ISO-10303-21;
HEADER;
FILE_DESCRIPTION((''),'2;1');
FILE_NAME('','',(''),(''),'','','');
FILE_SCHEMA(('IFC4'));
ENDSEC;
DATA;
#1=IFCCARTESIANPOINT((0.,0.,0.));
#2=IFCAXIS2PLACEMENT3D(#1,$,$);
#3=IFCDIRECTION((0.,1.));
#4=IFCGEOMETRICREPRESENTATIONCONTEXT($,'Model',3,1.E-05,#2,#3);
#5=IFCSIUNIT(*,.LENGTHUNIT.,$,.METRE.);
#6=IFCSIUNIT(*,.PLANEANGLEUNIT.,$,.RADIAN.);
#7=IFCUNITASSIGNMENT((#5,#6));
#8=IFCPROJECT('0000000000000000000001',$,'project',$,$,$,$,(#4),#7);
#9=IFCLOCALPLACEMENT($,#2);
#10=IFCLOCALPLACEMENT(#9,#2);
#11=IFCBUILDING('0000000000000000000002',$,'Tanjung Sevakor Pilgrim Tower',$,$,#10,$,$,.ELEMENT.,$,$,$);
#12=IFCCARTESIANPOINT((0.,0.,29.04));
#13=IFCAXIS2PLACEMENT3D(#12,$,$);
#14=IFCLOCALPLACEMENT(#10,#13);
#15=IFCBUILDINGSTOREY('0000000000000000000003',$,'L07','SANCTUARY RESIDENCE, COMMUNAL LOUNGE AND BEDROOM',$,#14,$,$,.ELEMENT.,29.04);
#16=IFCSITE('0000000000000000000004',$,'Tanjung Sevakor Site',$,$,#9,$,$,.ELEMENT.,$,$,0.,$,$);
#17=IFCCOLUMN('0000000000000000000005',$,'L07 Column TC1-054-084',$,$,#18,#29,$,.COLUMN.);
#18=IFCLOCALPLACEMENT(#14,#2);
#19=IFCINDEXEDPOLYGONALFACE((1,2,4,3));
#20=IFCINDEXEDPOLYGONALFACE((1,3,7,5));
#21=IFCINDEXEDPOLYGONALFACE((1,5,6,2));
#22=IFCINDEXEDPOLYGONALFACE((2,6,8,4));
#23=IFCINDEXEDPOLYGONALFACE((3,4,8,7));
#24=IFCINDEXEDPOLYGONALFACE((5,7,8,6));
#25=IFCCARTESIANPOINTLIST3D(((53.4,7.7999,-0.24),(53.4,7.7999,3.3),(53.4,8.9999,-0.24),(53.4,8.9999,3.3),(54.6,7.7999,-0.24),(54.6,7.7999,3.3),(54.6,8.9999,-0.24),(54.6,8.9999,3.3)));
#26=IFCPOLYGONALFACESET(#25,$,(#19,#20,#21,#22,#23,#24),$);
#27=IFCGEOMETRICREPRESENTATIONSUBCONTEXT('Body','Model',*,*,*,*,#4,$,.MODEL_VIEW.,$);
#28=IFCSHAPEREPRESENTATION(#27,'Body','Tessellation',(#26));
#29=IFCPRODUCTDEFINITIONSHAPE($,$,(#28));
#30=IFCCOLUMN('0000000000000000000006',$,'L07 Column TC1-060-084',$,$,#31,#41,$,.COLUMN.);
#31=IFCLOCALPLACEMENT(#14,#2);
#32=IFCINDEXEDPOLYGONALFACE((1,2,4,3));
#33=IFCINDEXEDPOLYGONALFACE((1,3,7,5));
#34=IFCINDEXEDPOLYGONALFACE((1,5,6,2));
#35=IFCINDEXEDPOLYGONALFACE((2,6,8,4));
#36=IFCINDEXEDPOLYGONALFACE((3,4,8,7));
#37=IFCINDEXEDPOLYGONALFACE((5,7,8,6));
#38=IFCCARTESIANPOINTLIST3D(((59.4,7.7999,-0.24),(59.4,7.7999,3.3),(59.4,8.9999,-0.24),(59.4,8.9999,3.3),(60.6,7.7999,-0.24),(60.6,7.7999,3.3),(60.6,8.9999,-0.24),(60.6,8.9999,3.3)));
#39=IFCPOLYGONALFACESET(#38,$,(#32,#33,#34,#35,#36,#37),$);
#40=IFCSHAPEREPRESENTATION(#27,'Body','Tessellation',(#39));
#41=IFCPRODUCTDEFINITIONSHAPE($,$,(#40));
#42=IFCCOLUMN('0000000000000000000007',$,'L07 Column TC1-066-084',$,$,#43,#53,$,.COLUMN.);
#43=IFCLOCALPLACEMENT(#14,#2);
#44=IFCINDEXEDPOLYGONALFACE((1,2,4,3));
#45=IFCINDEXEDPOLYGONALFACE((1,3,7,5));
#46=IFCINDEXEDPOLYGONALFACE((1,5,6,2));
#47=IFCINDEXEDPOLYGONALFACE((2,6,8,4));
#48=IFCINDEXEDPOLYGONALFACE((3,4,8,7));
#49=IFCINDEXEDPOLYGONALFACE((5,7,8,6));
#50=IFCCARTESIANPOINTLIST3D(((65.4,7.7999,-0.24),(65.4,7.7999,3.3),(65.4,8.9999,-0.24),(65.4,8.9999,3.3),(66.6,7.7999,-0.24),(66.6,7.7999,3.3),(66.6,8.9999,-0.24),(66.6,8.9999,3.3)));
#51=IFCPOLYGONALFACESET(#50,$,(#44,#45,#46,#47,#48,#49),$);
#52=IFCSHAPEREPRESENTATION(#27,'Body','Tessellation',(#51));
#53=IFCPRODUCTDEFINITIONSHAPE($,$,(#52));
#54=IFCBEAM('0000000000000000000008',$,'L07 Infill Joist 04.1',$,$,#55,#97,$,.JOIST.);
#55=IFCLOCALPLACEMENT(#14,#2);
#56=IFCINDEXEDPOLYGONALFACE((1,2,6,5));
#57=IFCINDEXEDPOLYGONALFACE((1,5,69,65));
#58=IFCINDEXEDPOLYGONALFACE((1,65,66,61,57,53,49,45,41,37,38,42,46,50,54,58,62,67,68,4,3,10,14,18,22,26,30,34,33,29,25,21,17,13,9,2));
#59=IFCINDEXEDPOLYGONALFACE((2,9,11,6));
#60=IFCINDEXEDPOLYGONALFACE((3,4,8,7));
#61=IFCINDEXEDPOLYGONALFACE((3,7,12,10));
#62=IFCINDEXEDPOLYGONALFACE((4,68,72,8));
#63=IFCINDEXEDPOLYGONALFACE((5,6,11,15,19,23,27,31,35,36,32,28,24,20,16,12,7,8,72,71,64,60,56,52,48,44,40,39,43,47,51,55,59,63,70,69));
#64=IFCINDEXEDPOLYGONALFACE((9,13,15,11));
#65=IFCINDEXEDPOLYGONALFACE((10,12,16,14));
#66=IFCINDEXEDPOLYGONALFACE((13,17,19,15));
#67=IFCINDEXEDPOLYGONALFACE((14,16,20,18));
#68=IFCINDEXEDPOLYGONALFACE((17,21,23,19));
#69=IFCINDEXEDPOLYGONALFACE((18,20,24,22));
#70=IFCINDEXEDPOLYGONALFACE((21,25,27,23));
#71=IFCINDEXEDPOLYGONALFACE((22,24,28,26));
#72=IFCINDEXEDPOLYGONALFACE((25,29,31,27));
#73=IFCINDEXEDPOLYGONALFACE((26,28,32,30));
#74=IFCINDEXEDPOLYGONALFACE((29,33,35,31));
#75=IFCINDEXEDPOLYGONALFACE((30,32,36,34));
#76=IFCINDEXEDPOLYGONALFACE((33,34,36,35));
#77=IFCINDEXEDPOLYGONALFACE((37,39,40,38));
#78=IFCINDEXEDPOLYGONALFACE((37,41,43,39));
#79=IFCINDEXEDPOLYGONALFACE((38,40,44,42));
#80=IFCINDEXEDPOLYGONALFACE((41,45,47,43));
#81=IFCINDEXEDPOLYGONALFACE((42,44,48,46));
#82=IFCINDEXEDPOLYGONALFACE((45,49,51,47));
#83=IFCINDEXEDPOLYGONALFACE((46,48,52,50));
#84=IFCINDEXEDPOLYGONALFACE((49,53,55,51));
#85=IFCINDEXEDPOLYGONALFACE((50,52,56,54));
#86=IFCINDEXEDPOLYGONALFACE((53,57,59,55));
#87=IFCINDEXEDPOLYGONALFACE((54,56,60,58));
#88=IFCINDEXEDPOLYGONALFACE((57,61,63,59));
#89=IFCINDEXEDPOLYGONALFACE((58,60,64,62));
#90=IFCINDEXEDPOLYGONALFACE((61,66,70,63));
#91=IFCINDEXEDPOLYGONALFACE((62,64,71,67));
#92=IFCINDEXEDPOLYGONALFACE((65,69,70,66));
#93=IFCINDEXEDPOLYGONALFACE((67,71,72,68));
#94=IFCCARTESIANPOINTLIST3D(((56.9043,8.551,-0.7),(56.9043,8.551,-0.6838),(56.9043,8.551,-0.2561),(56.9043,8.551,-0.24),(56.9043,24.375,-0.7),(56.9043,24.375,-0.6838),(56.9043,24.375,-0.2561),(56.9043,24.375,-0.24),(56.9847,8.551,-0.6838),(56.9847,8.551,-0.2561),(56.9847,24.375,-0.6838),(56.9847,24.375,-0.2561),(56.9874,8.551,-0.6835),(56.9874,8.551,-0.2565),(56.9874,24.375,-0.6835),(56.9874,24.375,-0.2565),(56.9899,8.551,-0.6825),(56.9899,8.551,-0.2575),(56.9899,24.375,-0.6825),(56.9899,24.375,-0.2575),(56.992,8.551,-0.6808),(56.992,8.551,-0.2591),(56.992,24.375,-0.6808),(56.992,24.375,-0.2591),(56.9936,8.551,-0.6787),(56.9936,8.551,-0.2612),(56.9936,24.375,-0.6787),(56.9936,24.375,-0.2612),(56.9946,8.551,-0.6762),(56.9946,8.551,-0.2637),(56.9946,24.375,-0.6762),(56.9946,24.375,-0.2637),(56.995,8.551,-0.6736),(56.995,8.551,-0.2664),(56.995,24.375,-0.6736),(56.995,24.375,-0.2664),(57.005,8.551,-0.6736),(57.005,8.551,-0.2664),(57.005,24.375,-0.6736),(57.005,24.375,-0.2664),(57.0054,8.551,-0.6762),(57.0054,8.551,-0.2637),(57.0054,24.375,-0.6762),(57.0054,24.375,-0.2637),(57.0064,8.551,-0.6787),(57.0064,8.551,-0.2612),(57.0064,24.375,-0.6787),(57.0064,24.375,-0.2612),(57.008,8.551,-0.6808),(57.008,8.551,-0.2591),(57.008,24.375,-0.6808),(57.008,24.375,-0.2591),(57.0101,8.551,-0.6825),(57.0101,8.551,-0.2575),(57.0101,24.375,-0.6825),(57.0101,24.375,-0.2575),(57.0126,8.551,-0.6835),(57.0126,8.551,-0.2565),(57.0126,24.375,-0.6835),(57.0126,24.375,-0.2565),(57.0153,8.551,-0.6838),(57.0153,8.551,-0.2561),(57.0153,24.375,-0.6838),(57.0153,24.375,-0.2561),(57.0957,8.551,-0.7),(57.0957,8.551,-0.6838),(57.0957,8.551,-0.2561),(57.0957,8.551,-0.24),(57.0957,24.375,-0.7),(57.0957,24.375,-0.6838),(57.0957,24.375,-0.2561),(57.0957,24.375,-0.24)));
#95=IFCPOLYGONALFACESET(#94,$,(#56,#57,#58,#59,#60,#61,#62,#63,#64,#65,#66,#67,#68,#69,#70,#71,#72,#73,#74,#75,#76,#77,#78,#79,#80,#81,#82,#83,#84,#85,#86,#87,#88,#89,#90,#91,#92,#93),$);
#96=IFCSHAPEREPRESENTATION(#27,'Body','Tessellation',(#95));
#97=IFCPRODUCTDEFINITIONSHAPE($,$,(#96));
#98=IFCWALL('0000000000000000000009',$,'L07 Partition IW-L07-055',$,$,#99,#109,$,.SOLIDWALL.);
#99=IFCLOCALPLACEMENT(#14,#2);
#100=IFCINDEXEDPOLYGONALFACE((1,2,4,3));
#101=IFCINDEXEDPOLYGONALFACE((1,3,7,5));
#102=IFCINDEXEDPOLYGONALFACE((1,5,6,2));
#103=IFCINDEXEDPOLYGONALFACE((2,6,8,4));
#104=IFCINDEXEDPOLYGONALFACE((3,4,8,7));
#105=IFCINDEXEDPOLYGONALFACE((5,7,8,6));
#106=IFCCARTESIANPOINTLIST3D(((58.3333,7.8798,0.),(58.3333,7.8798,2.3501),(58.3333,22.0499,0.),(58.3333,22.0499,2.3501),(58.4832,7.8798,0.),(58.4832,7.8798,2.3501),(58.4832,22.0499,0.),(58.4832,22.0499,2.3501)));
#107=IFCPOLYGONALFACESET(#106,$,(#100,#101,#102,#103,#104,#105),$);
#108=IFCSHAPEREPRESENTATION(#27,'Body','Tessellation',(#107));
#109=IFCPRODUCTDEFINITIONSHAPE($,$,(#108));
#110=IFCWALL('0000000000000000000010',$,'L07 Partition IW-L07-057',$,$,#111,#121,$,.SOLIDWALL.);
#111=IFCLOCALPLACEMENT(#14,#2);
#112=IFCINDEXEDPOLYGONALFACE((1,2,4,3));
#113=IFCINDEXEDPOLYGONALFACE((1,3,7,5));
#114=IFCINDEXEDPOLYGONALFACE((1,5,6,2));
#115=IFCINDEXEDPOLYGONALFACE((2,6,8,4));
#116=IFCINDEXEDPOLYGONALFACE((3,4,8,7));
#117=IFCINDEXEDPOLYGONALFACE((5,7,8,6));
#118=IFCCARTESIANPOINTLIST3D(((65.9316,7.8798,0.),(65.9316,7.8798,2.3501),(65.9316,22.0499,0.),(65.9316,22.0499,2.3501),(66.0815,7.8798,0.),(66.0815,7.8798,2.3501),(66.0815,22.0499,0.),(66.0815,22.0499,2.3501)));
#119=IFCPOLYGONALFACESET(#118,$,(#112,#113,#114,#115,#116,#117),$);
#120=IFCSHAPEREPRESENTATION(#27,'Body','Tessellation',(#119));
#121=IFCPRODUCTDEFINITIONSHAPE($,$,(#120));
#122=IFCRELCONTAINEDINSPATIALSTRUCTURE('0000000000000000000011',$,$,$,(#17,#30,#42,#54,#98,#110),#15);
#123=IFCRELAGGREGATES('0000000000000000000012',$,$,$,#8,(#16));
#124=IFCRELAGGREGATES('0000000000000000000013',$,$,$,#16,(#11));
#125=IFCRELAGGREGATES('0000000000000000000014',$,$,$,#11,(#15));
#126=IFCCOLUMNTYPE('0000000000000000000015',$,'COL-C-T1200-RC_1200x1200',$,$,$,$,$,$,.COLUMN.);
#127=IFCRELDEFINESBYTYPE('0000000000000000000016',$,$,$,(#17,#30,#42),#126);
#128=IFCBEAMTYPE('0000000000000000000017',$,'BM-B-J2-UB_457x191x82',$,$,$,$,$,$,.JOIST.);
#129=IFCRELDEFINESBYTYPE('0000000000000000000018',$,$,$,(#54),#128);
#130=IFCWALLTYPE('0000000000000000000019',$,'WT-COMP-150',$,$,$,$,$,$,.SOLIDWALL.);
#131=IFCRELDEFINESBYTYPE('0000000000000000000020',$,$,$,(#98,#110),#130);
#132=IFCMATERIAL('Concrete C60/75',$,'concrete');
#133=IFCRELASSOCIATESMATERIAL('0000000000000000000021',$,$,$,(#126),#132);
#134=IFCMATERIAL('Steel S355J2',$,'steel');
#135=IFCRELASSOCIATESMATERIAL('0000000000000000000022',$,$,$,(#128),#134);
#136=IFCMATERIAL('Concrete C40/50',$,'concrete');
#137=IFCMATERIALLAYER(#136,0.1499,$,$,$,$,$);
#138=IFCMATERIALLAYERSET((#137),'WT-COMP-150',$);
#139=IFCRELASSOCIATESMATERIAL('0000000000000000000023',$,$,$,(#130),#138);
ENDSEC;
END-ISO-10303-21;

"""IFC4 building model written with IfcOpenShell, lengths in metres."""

from ifc_helpers import new_model, si_unit, direction, frame, frame_2d, origin, origin_2d, place, context, subcontext, project, spatial, rectangle, i_section, extrude, material, layer, layer_set, material_profile, profile_set, type_object, element, save


model = new_model("IFC4")

# Units and contexts
model_context = context("Model", 3, precision=1e-05, world=origin(), true_north=direction((0.0, 1.0)))
body_context = subcontext(model_context, "Body", "Model", "MODEL_VIEW")
ifc_project = project(units=[si_unit("LENGTHUNIT", "METRE"), si_unit("PLANEANGLEUNIT", "RADIAN")], contexts=[model_context])

# Site, building, storey
site_placement = place(None, origin())
site = spatial("IfcSite", under=ifc_project, at=site_placement, Name="Tanjung Sevakor Site", CompositionType="ELEMENT", RefElevation=0.0)
building_placement = place(site_placement, origin())
building = spatial("IfcBuilding", under=site, at=building_placement, Name="Tanjung Sevakor Pilgrim Tower", CompositionType="ELEMENT")
storey_placement = place(building_placement, frame((0.0, 0.0, 29.04)))
storey = spatial("IfcBuildingStorey", under=building, at=storey_placement, Name="L07", Description="SANCTUARY RESIDENCE, COMMUNAL LOUNGE AND BEDROOM", CompositionType="ELEMENT", Elevation=29.04)

# Columns
ifc_material_1 = material(Name="Concrete C60/75", Category="concrete")
ifc_material_profile_1 = material_profile(ifc_material_1, rectangle(XDim=1.2, YDim=1.2, at=origin_2d()))
ifc_profile_set_1 = profile_set([ifc_material_profile_1], Name="Concrete C60/75")
column_type = type_object("IfcColumnType", Name="COL-C-T1200-RC_1200x1200", PredefinedType="COLUMN", material=ifc_profile_set_1)
for number, where, z_axis, x_axis, name in (
    (1, (54.0, 8.3999, -0.24), (0.0, 0.0, 1.0), (1.0, 0.0, 0.0), "L07 Column TC1-054-084"),
    (2, (60.0, 8.3999, -0.24), (0.0, 0.0, 1.0), (1.0, 0.0, 0.0), "L07 Column TC1-060-084"),
    (3, (66.0, 8.3999, -0.24), (0.0, 0.0, 1.0), (1.0, 0.0, 0.0), "L07 Column TC1-066-084"),
):
    element("IfcColumn", number, at=place(storey_placement, frame(where, z_axis=z_axis, x_axis=x_axis)), inside=storey, type_object=column_type, Name=name, PredefinedType="COLUMN", context=body_context, shape_type="SweptSolid", body=[
        extrude(rectangle(XDim=1.2, YDim=1.2, at=origin_2d()), origin(), (0.0, 0.0, 1.0), 3.54),
    ])

# Beam
ifc_material_2 = material(Name="Steel S355J2", Category="steel")
ifc_material_profile_2 = material_profile(ifc_material_2, i_section(OverallWidth=0.1914, OverallDepth=0.46, WebThickness=0.01, FlangeThickness=0.0161, FilletRadius=0.0103, at=origin_2d()))
ifc_profile_set_2 = profile_set([ifc_material_profile_2], Name="Steel S355J2")
beam_type = type_object("IfcBeamType", Name="BM-B-J2-UB_457x191x82", PredefinedType="JOIST", material=ifc_profile_set_2)
beam_placement = place(storey_placement, frame((57.0, 8.551, -0.47), z_axis=(0.0, 1.0, 0.0), x_axis=(-1.0, 0.0, 0.0)))
element("IfcBeam", 4, at=beam_placement, inside=storey, type_object=beam_type, Name="L07 Infill Joist 04.1", PredefinedType="JOIST", context=body_context, shape_type="SweptSolid", body=[
    extrude(i_section(OverallWidth=0.1914, OverallDepth=0.46, WebThickness=0.01, FlangeThickness=0.0161, FilletRadius=0.0103, at=origin_2d()), origin(), (0.0, 0.0, 1.0), 15.824),
])

# Walls
ifc_material_3 = material(Name="Concrete C40/50", Category="concrete")
ifc_layer_1 = layer(ifc_material_3, 0.1499)
ifc_layer_set_1 = layer_set([ifc_layer_1], Name="WT-COMP-150")
wall_type_1 = type_object("IfcWallType", Name="WT-COMP-150", PredefinedType="SOLIDWALL", material=ifc_layer_set_1)
for number, where, z_axis, x_axis, name in (
    (5, (58.4082, 7.8799, 0.0), (0.0, 0.0, 1.0), (0.0, 1.0, 0.0), "L07 Partition IW-L07-055"),
    (6, (66.0066, 7.8799, 0.0), (0.0, 0.0, 1.0), (0.0, 1.0, 0.0), "L07 Partition IW-L07-057"),
):
    element("IfcWall", number, at=place(storey_placement, frame(where, z_axis=z_axis, x_axis=x_axis)), inside=storey, type_object=wall_type_1, Name=name, PredefinedType="SOLIDWALL", context=body_context, shape_type="SweptSolid", body=[
        extrude(rectangle(XDim=14.1702, YDim=0.1499, at=frame_2d((7.085, 0.0))), origin(), (0.0, 0.0, 1.0), 2.3501),
    ])

save(model, "model.ifc")
